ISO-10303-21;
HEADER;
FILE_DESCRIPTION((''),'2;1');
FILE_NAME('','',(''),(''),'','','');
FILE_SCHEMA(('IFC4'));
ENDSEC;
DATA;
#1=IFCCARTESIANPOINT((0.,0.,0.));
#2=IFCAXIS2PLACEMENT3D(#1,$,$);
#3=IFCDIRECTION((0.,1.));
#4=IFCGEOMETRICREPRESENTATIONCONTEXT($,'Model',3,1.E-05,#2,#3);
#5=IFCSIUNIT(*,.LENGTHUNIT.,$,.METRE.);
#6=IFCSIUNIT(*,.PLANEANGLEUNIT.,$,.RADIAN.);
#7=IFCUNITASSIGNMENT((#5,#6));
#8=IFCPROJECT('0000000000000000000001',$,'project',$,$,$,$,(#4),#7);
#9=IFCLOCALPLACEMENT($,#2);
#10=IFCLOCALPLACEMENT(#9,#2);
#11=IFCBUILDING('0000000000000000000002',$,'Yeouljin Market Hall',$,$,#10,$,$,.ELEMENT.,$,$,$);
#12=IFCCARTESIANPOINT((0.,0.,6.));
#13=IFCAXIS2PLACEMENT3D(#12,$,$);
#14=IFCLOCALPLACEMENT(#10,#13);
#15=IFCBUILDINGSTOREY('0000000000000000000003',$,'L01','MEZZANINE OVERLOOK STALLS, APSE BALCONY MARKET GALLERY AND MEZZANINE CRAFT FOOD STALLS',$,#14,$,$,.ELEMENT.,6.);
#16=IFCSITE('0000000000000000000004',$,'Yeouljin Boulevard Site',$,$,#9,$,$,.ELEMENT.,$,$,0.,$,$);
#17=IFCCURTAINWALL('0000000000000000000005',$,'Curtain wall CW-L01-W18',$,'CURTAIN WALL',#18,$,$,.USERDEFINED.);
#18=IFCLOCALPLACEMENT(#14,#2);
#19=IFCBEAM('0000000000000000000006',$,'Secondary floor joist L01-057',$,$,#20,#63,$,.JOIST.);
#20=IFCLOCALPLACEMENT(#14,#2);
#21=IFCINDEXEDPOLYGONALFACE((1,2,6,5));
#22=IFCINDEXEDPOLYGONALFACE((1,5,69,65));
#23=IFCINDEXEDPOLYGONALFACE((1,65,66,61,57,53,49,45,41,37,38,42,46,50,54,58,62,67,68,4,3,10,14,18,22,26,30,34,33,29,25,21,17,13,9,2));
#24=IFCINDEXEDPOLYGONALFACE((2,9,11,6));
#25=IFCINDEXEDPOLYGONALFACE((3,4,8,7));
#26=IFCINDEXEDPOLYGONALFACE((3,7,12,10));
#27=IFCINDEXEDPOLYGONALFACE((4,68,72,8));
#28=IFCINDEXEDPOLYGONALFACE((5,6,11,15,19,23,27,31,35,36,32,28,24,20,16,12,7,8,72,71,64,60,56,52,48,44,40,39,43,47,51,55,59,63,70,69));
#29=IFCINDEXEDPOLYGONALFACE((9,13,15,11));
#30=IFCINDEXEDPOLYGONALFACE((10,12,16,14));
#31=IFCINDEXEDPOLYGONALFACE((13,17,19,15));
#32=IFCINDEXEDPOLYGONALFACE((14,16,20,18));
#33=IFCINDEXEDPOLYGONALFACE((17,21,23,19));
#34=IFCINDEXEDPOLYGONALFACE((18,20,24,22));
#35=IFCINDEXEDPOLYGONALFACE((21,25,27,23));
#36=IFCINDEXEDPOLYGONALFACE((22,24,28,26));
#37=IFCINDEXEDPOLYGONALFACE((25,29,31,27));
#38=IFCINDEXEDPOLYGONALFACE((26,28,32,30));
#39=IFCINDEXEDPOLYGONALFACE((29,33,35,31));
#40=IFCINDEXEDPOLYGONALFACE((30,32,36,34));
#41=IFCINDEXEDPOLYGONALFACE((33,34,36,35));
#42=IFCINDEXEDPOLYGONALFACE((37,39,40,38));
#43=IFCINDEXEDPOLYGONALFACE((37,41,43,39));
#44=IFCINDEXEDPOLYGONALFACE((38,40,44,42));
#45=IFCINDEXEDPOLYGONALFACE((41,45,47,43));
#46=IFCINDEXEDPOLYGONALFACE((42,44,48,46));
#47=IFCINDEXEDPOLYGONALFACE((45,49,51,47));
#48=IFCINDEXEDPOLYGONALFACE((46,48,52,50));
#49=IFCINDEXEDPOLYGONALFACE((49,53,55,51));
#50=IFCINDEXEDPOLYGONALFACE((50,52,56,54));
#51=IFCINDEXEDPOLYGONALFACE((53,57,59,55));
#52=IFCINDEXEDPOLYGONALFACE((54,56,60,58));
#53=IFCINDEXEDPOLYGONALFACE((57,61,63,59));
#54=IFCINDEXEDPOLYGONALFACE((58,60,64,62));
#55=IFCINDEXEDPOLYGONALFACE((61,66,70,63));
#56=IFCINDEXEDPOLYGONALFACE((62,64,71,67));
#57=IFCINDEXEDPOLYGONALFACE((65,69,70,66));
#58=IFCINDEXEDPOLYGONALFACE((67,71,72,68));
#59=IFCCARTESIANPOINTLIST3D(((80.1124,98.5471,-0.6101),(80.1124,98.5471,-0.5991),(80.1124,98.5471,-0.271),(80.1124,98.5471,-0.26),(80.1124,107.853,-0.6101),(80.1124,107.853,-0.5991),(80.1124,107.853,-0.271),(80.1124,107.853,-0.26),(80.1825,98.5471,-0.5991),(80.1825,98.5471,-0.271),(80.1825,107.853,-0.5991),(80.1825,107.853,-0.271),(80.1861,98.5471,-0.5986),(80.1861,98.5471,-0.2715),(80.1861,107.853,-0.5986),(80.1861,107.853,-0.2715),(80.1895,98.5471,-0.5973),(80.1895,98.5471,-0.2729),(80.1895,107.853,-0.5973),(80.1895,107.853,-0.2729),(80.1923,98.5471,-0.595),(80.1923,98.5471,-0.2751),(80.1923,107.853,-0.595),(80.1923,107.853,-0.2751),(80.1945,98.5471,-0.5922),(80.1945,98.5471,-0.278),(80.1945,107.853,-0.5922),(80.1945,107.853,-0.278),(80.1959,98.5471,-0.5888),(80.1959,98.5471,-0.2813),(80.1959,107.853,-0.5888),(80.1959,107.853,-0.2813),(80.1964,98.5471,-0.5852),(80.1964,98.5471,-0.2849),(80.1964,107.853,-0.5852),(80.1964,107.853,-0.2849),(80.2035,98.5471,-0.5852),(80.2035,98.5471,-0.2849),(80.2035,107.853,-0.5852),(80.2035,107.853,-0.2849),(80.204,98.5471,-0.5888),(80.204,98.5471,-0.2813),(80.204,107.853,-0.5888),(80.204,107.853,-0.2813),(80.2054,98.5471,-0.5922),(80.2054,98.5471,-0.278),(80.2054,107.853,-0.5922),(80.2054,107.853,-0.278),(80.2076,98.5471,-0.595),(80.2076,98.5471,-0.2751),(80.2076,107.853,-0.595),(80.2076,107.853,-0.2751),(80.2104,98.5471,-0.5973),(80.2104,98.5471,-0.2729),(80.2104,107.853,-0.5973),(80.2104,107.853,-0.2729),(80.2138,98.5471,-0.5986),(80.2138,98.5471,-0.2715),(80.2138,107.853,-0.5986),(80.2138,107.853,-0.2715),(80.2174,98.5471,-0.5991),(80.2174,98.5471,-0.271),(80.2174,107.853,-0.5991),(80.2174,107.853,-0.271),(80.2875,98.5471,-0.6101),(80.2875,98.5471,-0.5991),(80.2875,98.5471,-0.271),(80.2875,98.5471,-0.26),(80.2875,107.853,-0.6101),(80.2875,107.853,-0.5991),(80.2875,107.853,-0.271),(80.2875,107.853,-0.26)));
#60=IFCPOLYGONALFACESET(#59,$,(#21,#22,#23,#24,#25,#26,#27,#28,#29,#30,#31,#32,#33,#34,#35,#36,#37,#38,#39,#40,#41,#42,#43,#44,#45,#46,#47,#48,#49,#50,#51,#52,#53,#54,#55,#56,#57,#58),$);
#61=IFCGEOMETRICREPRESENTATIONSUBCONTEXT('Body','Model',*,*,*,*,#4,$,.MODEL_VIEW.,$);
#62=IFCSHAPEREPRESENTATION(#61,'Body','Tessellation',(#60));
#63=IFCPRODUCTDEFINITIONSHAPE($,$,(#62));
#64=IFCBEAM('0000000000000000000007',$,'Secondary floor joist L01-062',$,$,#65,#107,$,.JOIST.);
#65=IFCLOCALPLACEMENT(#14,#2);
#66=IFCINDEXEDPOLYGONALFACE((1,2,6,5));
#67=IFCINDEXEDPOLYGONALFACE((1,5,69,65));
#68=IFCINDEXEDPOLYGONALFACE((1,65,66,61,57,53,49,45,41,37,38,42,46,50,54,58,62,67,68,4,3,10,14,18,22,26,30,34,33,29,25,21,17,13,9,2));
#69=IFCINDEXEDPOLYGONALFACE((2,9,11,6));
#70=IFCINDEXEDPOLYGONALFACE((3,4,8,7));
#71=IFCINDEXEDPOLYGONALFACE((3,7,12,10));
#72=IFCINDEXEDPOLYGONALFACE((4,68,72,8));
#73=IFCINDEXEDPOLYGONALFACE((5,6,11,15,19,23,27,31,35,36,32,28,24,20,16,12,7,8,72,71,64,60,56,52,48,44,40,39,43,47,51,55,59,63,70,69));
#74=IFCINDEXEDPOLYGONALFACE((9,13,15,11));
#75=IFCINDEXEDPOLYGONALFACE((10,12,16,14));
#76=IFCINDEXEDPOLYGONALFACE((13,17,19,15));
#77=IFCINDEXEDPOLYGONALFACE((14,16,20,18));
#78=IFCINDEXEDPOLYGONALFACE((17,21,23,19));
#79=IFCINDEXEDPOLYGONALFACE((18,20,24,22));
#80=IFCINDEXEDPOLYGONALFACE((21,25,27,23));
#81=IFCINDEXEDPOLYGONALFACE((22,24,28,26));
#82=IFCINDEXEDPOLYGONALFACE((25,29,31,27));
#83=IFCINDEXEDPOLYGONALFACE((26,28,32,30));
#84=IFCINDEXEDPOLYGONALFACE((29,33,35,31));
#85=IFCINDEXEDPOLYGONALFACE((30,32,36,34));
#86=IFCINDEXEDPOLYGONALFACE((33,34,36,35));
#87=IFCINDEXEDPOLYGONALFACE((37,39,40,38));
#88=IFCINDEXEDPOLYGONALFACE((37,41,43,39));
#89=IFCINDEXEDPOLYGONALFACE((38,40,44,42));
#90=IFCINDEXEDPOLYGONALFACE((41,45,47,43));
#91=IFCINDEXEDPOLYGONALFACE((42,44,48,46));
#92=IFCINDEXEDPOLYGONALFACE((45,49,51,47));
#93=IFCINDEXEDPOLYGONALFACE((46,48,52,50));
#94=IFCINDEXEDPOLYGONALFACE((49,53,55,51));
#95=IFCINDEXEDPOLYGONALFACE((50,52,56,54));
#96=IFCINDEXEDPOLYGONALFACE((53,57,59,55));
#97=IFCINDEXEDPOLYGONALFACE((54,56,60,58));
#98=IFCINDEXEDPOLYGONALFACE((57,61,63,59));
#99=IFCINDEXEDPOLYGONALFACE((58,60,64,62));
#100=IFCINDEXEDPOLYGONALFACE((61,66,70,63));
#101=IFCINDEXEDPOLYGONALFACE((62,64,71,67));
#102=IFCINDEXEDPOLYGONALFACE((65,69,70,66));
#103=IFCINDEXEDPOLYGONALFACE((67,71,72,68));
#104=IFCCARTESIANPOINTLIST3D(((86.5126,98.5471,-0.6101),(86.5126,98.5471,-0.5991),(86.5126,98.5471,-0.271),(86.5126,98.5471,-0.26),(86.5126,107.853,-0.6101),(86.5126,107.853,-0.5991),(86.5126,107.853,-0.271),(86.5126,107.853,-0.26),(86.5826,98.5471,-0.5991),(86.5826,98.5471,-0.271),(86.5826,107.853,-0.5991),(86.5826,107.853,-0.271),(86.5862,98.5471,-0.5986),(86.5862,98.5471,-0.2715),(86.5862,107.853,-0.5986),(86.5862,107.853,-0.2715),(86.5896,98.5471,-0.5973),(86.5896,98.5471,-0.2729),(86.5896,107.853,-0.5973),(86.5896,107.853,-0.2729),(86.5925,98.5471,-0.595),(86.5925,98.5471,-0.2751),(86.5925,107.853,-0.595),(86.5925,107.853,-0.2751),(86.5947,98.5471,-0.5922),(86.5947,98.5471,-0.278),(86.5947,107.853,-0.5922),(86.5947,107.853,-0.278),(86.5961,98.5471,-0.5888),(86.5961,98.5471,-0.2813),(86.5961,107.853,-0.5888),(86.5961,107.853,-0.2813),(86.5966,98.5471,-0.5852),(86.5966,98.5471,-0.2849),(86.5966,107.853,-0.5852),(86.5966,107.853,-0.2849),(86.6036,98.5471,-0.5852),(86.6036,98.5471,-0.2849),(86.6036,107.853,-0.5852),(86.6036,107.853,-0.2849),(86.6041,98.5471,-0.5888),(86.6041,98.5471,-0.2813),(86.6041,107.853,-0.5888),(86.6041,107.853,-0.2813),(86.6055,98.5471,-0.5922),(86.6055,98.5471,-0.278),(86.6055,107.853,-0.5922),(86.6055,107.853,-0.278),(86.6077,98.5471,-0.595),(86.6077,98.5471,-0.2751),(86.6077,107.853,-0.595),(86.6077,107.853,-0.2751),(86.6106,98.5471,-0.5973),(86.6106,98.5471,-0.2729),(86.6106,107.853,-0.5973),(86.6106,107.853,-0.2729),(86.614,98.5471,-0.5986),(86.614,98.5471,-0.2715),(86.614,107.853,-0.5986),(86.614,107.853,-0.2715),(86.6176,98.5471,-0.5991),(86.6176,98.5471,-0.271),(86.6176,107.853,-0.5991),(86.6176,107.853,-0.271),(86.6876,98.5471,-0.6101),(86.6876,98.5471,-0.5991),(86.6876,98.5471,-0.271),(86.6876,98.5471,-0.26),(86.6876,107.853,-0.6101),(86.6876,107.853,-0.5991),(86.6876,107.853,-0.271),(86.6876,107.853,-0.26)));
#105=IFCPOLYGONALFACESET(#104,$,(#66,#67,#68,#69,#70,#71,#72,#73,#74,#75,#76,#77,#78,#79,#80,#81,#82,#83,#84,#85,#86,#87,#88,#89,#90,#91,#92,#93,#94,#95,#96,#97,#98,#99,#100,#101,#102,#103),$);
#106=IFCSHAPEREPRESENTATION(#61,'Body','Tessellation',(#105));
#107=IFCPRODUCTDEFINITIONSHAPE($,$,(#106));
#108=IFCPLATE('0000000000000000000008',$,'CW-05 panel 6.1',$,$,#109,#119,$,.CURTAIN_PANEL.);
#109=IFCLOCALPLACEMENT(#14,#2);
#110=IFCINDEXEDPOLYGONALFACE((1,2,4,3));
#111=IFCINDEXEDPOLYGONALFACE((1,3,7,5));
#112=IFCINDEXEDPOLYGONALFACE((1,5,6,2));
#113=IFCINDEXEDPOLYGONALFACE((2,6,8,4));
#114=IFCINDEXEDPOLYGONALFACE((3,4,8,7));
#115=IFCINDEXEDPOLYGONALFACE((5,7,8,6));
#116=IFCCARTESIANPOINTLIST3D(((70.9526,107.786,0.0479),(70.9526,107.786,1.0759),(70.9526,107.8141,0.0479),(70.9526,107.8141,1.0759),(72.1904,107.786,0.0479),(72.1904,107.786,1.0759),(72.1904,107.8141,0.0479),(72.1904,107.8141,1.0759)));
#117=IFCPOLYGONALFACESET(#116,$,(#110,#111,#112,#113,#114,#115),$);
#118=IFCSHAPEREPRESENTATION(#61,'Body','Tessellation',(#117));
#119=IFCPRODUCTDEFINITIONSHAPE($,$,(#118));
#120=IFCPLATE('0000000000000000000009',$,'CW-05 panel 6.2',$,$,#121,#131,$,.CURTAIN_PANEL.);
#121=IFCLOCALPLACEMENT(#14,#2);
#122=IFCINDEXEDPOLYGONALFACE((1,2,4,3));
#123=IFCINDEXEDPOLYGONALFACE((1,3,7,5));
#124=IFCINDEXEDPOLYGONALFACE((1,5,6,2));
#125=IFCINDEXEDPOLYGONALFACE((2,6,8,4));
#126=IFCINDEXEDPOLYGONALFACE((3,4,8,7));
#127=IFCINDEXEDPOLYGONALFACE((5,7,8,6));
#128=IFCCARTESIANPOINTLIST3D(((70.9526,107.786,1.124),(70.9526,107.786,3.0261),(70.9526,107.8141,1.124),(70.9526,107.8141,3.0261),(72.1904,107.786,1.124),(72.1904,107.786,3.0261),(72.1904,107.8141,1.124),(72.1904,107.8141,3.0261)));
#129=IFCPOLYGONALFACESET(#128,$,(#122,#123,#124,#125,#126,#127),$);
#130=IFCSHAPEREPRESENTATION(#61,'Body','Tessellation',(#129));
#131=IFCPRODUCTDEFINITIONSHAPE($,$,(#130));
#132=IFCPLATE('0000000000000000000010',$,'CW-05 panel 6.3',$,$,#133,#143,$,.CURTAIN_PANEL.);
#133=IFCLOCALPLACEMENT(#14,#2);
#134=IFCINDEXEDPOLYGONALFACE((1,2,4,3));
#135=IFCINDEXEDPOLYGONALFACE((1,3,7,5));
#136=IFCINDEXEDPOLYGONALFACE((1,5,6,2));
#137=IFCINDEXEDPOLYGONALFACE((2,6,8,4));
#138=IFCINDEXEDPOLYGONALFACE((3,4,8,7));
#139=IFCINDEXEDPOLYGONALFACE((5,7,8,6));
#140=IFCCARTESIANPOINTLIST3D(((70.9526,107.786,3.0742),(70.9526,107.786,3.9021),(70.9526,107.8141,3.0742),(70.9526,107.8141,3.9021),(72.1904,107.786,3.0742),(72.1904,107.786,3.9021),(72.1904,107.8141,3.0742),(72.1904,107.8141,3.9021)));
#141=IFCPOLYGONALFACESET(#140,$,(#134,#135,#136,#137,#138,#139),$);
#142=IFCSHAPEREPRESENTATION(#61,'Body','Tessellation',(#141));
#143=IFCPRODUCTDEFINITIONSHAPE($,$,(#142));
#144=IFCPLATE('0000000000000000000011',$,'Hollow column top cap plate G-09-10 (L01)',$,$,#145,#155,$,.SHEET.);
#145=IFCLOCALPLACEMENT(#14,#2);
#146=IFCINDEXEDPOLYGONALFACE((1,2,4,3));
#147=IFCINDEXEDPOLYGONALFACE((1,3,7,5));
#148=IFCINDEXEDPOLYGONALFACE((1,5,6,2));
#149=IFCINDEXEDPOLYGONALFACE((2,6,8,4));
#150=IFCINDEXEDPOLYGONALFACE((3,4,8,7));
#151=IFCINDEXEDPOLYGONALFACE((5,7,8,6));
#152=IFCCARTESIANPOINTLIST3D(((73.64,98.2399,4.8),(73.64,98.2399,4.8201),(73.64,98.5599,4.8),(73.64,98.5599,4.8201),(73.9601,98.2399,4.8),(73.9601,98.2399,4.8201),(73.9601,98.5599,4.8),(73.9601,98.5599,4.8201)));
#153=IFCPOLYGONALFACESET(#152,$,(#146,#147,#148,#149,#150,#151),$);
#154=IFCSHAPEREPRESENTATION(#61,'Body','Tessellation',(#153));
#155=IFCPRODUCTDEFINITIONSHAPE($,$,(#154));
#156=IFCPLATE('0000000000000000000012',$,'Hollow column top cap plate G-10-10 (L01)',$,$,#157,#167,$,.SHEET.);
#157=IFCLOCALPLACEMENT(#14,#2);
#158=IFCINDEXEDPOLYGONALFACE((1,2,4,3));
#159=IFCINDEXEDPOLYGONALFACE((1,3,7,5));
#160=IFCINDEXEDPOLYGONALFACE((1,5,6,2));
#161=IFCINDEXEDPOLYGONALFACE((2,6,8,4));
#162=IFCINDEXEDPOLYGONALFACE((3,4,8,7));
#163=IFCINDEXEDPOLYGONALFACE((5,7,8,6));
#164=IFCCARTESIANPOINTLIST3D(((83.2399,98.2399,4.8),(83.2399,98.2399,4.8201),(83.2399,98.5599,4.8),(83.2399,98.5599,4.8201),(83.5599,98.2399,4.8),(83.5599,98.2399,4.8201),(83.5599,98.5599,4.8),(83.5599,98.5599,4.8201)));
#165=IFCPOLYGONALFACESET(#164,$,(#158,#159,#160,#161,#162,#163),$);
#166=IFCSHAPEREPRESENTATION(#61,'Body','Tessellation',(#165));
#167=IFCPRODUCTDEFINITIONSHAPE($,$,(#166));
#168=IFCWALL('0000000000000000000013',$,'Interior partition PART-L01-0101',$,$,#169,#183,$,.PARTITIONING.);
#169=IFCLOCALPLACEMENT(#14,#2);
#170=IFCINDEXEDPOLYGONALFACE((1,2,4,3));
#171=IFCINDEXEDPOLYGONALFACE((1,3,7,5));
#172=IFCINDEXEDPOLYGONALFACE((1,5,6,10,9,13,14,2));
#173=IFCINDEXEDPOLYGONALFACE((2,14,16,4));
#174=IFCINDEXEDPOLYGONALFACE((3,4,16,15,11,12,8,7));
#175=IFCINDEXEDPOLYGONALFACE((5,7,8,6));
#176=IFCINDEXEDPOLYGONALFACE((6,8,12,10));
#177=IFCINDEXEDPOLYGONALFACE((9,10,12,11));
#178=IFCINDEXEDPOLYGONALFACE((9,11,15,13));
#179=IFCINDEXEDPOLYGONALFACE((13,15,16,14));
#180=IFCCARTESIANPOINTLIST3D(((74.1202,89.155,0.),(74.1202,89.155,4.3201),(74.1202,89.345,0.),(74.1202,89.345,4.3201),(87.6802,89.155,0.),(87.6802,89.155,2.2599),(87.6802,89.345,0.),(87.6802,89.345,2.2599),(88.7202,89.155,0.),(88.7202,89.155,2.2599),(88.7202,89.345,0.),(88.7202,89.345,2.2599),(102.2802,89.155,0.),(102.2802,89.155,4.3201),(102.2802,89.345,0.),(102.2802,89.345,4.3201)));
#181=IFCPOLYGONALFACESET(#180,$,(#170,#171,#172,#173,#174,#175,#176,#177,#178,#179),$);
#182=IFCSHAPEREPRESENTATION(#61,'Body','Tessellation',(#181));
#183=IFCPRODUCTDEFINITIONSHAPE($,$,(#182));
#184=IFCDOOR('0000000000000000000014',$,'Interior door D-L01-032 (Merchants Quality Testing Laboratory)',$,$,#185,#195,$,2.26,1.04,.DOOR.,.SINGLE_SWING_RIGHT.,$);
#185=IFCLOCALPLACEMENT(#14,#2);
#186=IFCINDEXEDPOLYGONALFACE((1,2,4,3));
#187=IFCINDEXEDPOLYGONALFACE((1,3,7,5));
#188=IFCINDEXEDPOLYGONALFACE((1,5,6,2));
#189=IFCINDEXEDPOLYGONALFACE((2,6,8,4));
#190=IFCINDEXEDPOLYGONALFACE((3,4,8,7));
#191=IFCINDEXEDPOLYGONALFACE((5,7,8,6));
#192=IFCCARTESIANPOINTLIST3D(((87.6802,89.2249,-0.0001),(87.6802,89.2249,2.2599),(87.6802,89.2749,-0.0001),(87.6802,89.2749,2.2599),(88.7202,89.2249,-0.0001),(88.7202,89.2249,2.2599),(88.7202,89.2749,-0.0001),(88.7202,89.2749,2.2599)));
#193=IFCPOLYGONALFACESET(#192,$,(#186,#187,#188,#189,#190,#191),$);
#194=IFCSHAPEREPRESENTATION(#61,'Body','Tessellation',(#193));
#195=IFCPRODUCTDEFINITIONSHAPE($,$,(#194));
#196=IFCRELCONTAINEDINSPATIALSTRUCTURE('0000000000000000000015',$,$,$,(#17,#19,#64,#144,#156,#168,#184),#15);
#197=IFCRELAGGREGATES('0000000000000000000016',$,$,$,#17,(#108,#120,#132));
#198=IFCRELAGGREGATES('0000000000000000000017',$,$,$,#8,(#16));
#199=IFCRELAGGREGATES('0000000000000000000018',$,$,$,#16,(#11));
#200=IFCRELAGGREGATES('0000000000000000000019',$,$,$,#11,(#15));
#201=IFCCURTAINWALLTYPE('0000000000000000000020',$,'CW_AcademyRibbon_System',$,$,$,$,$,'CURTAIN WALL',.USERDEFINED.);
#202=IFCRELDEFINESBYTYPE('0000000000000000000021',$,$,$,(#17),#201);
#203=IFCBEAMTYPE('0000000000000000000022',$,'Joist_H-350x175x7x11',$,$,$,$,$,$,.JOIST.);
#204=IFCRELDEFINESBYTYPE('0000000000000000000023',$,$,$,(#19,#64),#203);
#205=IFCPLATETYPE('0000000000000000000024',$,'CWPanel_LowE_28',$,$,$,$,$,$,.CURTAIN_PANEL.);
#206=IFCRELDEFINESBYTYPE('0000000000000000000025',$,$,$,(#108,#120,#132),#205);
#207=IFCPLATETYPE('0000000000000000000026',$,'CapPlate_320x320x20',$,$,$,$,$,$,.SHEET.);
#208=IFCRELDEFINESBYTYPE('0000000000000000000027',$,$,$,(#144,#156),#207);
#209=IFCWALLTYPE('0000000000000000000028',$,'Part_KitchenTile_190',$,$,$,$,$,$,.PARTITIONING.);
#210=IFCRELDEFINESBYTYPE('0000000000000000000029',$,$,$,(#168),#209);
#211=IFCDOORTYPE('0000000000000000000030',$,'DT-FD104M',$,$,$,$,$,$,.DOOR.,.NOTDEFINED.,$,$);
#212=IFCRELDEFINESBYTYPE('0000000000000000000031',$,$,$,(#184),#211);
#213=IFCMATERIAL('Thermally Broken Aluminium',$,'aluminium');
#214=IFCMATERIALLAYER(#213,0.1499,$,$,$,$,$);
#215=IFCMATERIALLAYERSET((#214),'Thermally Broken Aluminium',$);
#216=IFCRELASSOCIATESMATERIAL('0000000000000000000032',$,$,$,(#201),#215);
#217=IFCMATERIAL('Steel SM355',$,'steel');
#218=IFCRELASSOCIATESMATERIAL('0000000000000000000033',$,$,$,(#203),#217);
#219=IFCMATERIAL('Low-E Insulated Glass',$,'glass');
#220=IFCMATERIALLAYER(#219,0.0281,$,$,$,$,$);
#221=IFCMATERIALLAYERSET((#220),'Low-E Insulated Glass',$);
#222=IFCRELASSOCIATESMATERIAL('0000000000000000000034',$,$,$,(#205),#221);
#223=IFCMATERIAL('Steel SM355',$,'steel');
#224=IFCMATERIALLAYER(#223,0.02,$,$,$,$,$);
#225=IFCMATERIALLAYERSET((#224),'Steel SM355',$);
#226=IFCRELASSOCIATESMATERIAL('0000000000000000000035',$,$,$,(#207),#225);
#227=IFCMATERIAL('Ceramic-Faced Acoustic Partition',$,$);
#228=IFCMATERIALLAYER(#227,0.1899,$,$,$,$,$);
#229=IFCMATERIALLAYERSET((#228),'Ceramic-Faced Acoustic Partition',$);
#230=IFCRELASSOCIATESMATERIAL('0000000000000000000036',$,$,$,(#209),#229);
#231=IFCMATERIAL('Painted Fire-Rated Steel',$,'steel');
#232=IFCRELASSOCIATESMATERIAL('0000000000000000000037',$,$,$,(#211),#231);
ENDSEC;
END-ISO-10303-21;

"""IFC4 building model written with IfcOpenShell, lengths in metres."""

from ifc_helpers import new_model, si_unit, direction, frame, frame_2d, origin, origin_2d, place, context, subcontext, project, spatial, rectangle, i_section, extrude, material, layer, layer_set, material_profile, profile_set, type_object, element, fill, aggregate, save


model = new_model("IFC4")

# Units and contexts
model_context = context("Model", 3, precision=1e-05, world=origin(), true_north=direction((0.0, 1.0)))
body_context = subcontext(model_context, "Body", "Model", "MODEL_VIEW")
ifc_project = project(units=[si_unit("LENGTHUNIT", "METRE"), si_unit("PLANEANGLEUNIT", "RADIAN")], contexts=[model_context])

# Site, building, storey
site_placement = place(None, origin())
site = spatial("IfcSite", under=ifc_project, at=site_placement, Name="Yeouljin Boulevard Site", CompositionType="ELEMENT", RefElevation=0.0)
building_placement = place(site_placement, origin())
building = spatial("IfcBuilding", under=site, at=building_placement, Name="Yeouljin Market Hall", CompositionType="ELEMENT")
storey_placement = place(building_placement, frame((0.0, 0.0, 6.0)))
storey = spatial("IfcBuildingStorey", under=building, at=storey_placement, Name="L01", Description="MEZZANINE OVERLOOK STALLS, APSE BALCONY MARKET GALLERY AND MEZZANINE CRAFT FOOD STALLS", CompositionType="ELEMENT", Elevation=6.0)

# Curtain wall
ifc_material_1 = material(Name="Thermally Broken Aluminium", Category="aluminium")
ifc_layer_1 = layer(ifc_material_1, 0.1499)
ifc_layer_set_1 = layer_set([ifc_layer_1], Name="Thermally Broken Aluminium")
curtain_wall_type = type_object("IfcCurtainWallType", Name="CW_AcademyRibbon_System", ElementType="CURTAIN WALL", PredefinedType="USERDEFINED", material=ifc_layer_set_1)
curtain_wall_placement = place(storey_placement, origin())
curtain_wall = element("IfcCurtainWall", 1, at=curtain_wall_placement, inside=storey, type_object=curtain_wall_type, Name="Curtain wall CW-L01-W18", ObjectType="CURTAIN WALL", PredefinedType="USERDEFINED")

# Beams
ifc_material_2 = material(Name="Steel SM355", Category="steel")
ifc_material_profile_1 = material_profile(ifc_material_2, i_section(OverallWidth=0.175, OverallDepth=0.3501, WebThickness=0.0071, FlangeThickness=0.011, FilletRadius=0.0139, at=origin_2d()), Name="H-350x175x7x11")
ifc_profile_set_1 = profile_set([ifc_material_profile_1], Name="Steel SM355")
beam_type_1 = type_object("IfcBeamType", Name="Joist_H-350x175x7x11", PredefinedType="JOIST", material=ifc_profile_set_1)
for number, where, z_axis, x_axis, name in (
    (2, (80.2, 98.5471, -0.4351), (0.0, 1.0, 0.0), (-1.0, 0.0, 0.0), "Secondary floor joist L01-057"),
    (3, (86.6001, 98.5471, -0.4351), (0.0, 1.0, 0.0), (-1.0, 0.0, 0.0), "Secondary floor joist L01-062"),
):
    element("IfcBeam", number, at=place(storey_placement, frame(where, z_axis=z_axis, x_axis=x_axis)), inside=storey, type_object=beam_type_1, Name=name, PredefinedType="JOIST", context=body_context, shape_type="SweptSolid", body=[
        extrude(i_section(OverallWidth=0.175, OverallDepth=0.3501, WebThickness=0.0071, FlangeThickness=0.011, FilletRadius=0.0139, at=origin_2d()), origin(), (0.0, 0.0, 1.0), 9.3059),
    ])

# Plates
ifc_material_3 = material(Name="Low-E Insulated Glass", Category="glass")
ifc_layer_2 = layer(ifc_material_3, 0.0281)
ifc_layer_set_2 = layer_set([ifc_layer_2], Name="Low-E Insulated Glass")
plate_type_1 = type_object("IfcPlateType", Name="CWPanel_LowE_28", PredefinedType="CURTAIN_PANEL", material=ifc_layer_set_2)
plate_1_placement = place(storey_placement, frame((71.5715, 107.8, 0.0479), z_axis=(0.0, 0.0, 1.0), x_axis=(1.0, 0.0, 0.0)))
plate_1 = element("IfcPlate", 4, at=plate_1_placement, type_object=plate_type_1, Name="CW-05 panel 6.1", PredefinedType="CURTAIN_PANEL", context=body_context, shape_type="SweptSolid", body=[
    extrude(rectangle(XDim=1.2378, YDim=0.0281, at=origin_2d()), origin(), (0.0, 0.0, 1.0), 1.0281),
])
plate_2_placement = place(storey_placement, frame((71.5715, 107.8, 1.124), z_axis=(0.0, 0.0, 1.0), x_axis=(1.0, 0.0, 0.0)))
plate_2 = element("IfcPlate", 5, at=plate_2_placement, type_object=plate_type_1, Name="CW-05 panel 6.2", PredefinedType="CURTAIN_PANEL", context=body_context, shape_type="SweptSolid", body=[
    extrude(rectangle(XDim=1.2378, YDim=0.0281, at=origin_2d()), origin(), (0.0, 0.0, 1.0), 1.9021),
])
plate_3_placement = place(storey_placement, frame((71.5715, 107.8, 3.0742), z_axis=(0.0, 0.0, 1.0), x_axis=(1.0, 0.0, 0.0)))
plate_3 = element("IfcPlate", 6, at=plate_3_placement, type_object=plate_type_1, Name="CW-05 panel 6.3", PredefinedType="CURTAIN_PANEL", context=body_context, shape_type="SweptSolid", body=[
    extrude(rectangle(XDim=1.2378, YDim=0.0281, at=origin_2d()), origin(), (0.0, 0.0, 1.0), 0.8279),
])
aggregate(curtain_wall, [plate_1, plate_2, plate_3])

# Plates
ifc_material_4 = material(Name="Steel SM355", Category="steel")
ifc_layer_3 = layer(ifc_material_4, 0.02)
ifc_layer_set_3 = layer_set([ifc_layer_3], Name="Steel SM355")
plate_type_2 = type_object("IfcPlateType", Name="CapPlate_320x320x20", PredefinedType="SHEET", material=ifc_layer_set_3)
for number, where, z_axis, x_axis, name in (
    (7, (73.8, 98.3999, 4.8), (0.0, 0.0, 1.0), (1.0, 0.0, 0.0), "Hollow column top cap plate G-09-10 (L01)"),
    (8, (83.3999, 98.3999, 4.8), (0.0, 0.0, 1.0), (1.0, 0.0, 0.0), "Hollow column top cap plate G-10-10 (L01)"),
):
    element("IfcPlate", number, at=place(storey_placement, frame(where, z_axis=z_axis, x_axis=x_axis)), inside=storey, type_object=plate_type_2, Name=name, PredefinedType="SHEET", context=body_context, shape_type="SweptSolid", body=[
        extrude(rectangle(XDim=0.3201, YDim=0.3201, at=origin_2d()), origin(), (0.0, 0.0, 1.0), 0.02),
    ])

# Wall, opening, door
ifc_material_5 = material(Name="Ceramic-Faced Acoustic Partition")
ifc_layer_4 = layer(ifc_material_5, 0.1899)
ifc_layer_set_4 = layer_set([ifc_layer_4], Name="Ceramic-Faced Acoustic Partition")
wall_type_1 = type_object("IfcWallType", Name="Part_KitchenTile_190", PredefinedType="PARTITIONING", material=ifc_layer_set_4)
wall_1_placement = place(storey_placement, frame((74.1201, 89.25, 0.0), z_axis=(0.0, 0.0, 1.0), x_axis=(1.0, 0.0, 0.0)))
wall_1 = element("IfcWall", 9, at=wall_1_placement, inside=storey, type_object=wall_type_1, Name="Interior partition PART-L01-0101", PredefinedType="PARTITIONING", context=body_context, shape_type="SweptSolid", body=[
    extrude(rectangle(XDim=28.1599, YDim=0.1899, at=frame_2d((14.0801, 0.0))), origin(), (0.0, 0.0, 1.0), 4.3201),
])
opening_placement = place(wall_1_placement, frame((13.5601, 0.0, 0.0)))
opening = element("IfcOpeningElement", 10, at=opening_placement, cuts=wall_1, PredefinedType="OPENING", context=body_context, shape_type="SweptSolid", body=[
    extrude(rectangle(XDim=1.04, YDim=2.26, at=frame_2d((0.52, 1.1299))), frame((0.0, 0.105, 0.0), z_axis=(0.0, -1.0, 0.0), x_axis=(1.0, 0.0, 0.0)), (0.0, 0.0, 1.0), 0.21),
])
ifc_material_6 = material(Name="Painted Fire-Rated Steel", Category="steel")
door_type = type_object("IfcDoorType", Name="DT-FD104M", OperationType="NOTDEFINED", PredefinedType="DOOR", material=ifc_material_6)
door_placement = place(opening_placement, origin())
door = element("IfcDoor", 11, at=door_placement, inside=storey, type_object=door_type, Name="Interior door D-L01-032 (Merchants Quality Testing Laboratory)", OperationType="SINGLE_SWING_RIGHT", OverallHeight=2.26, OverallWidth=1.04, PredefinedType="DOOR", context=body_context, shape_type="SweptSolid", body=[
    extrude(rectangle(XDim=1.04, YDim=2.26, at=frame_2d((0.52, 1.1299))), frame((0.0, 0.0249, 0.0), z_axis=(0.0, -1.0, 0.0), x_axis=(1.0, 0.0, 0.0)), (0.0, 0.0, 1.0), 0.05),
])
fill(opening, door)

save(model, "model.ifc")
